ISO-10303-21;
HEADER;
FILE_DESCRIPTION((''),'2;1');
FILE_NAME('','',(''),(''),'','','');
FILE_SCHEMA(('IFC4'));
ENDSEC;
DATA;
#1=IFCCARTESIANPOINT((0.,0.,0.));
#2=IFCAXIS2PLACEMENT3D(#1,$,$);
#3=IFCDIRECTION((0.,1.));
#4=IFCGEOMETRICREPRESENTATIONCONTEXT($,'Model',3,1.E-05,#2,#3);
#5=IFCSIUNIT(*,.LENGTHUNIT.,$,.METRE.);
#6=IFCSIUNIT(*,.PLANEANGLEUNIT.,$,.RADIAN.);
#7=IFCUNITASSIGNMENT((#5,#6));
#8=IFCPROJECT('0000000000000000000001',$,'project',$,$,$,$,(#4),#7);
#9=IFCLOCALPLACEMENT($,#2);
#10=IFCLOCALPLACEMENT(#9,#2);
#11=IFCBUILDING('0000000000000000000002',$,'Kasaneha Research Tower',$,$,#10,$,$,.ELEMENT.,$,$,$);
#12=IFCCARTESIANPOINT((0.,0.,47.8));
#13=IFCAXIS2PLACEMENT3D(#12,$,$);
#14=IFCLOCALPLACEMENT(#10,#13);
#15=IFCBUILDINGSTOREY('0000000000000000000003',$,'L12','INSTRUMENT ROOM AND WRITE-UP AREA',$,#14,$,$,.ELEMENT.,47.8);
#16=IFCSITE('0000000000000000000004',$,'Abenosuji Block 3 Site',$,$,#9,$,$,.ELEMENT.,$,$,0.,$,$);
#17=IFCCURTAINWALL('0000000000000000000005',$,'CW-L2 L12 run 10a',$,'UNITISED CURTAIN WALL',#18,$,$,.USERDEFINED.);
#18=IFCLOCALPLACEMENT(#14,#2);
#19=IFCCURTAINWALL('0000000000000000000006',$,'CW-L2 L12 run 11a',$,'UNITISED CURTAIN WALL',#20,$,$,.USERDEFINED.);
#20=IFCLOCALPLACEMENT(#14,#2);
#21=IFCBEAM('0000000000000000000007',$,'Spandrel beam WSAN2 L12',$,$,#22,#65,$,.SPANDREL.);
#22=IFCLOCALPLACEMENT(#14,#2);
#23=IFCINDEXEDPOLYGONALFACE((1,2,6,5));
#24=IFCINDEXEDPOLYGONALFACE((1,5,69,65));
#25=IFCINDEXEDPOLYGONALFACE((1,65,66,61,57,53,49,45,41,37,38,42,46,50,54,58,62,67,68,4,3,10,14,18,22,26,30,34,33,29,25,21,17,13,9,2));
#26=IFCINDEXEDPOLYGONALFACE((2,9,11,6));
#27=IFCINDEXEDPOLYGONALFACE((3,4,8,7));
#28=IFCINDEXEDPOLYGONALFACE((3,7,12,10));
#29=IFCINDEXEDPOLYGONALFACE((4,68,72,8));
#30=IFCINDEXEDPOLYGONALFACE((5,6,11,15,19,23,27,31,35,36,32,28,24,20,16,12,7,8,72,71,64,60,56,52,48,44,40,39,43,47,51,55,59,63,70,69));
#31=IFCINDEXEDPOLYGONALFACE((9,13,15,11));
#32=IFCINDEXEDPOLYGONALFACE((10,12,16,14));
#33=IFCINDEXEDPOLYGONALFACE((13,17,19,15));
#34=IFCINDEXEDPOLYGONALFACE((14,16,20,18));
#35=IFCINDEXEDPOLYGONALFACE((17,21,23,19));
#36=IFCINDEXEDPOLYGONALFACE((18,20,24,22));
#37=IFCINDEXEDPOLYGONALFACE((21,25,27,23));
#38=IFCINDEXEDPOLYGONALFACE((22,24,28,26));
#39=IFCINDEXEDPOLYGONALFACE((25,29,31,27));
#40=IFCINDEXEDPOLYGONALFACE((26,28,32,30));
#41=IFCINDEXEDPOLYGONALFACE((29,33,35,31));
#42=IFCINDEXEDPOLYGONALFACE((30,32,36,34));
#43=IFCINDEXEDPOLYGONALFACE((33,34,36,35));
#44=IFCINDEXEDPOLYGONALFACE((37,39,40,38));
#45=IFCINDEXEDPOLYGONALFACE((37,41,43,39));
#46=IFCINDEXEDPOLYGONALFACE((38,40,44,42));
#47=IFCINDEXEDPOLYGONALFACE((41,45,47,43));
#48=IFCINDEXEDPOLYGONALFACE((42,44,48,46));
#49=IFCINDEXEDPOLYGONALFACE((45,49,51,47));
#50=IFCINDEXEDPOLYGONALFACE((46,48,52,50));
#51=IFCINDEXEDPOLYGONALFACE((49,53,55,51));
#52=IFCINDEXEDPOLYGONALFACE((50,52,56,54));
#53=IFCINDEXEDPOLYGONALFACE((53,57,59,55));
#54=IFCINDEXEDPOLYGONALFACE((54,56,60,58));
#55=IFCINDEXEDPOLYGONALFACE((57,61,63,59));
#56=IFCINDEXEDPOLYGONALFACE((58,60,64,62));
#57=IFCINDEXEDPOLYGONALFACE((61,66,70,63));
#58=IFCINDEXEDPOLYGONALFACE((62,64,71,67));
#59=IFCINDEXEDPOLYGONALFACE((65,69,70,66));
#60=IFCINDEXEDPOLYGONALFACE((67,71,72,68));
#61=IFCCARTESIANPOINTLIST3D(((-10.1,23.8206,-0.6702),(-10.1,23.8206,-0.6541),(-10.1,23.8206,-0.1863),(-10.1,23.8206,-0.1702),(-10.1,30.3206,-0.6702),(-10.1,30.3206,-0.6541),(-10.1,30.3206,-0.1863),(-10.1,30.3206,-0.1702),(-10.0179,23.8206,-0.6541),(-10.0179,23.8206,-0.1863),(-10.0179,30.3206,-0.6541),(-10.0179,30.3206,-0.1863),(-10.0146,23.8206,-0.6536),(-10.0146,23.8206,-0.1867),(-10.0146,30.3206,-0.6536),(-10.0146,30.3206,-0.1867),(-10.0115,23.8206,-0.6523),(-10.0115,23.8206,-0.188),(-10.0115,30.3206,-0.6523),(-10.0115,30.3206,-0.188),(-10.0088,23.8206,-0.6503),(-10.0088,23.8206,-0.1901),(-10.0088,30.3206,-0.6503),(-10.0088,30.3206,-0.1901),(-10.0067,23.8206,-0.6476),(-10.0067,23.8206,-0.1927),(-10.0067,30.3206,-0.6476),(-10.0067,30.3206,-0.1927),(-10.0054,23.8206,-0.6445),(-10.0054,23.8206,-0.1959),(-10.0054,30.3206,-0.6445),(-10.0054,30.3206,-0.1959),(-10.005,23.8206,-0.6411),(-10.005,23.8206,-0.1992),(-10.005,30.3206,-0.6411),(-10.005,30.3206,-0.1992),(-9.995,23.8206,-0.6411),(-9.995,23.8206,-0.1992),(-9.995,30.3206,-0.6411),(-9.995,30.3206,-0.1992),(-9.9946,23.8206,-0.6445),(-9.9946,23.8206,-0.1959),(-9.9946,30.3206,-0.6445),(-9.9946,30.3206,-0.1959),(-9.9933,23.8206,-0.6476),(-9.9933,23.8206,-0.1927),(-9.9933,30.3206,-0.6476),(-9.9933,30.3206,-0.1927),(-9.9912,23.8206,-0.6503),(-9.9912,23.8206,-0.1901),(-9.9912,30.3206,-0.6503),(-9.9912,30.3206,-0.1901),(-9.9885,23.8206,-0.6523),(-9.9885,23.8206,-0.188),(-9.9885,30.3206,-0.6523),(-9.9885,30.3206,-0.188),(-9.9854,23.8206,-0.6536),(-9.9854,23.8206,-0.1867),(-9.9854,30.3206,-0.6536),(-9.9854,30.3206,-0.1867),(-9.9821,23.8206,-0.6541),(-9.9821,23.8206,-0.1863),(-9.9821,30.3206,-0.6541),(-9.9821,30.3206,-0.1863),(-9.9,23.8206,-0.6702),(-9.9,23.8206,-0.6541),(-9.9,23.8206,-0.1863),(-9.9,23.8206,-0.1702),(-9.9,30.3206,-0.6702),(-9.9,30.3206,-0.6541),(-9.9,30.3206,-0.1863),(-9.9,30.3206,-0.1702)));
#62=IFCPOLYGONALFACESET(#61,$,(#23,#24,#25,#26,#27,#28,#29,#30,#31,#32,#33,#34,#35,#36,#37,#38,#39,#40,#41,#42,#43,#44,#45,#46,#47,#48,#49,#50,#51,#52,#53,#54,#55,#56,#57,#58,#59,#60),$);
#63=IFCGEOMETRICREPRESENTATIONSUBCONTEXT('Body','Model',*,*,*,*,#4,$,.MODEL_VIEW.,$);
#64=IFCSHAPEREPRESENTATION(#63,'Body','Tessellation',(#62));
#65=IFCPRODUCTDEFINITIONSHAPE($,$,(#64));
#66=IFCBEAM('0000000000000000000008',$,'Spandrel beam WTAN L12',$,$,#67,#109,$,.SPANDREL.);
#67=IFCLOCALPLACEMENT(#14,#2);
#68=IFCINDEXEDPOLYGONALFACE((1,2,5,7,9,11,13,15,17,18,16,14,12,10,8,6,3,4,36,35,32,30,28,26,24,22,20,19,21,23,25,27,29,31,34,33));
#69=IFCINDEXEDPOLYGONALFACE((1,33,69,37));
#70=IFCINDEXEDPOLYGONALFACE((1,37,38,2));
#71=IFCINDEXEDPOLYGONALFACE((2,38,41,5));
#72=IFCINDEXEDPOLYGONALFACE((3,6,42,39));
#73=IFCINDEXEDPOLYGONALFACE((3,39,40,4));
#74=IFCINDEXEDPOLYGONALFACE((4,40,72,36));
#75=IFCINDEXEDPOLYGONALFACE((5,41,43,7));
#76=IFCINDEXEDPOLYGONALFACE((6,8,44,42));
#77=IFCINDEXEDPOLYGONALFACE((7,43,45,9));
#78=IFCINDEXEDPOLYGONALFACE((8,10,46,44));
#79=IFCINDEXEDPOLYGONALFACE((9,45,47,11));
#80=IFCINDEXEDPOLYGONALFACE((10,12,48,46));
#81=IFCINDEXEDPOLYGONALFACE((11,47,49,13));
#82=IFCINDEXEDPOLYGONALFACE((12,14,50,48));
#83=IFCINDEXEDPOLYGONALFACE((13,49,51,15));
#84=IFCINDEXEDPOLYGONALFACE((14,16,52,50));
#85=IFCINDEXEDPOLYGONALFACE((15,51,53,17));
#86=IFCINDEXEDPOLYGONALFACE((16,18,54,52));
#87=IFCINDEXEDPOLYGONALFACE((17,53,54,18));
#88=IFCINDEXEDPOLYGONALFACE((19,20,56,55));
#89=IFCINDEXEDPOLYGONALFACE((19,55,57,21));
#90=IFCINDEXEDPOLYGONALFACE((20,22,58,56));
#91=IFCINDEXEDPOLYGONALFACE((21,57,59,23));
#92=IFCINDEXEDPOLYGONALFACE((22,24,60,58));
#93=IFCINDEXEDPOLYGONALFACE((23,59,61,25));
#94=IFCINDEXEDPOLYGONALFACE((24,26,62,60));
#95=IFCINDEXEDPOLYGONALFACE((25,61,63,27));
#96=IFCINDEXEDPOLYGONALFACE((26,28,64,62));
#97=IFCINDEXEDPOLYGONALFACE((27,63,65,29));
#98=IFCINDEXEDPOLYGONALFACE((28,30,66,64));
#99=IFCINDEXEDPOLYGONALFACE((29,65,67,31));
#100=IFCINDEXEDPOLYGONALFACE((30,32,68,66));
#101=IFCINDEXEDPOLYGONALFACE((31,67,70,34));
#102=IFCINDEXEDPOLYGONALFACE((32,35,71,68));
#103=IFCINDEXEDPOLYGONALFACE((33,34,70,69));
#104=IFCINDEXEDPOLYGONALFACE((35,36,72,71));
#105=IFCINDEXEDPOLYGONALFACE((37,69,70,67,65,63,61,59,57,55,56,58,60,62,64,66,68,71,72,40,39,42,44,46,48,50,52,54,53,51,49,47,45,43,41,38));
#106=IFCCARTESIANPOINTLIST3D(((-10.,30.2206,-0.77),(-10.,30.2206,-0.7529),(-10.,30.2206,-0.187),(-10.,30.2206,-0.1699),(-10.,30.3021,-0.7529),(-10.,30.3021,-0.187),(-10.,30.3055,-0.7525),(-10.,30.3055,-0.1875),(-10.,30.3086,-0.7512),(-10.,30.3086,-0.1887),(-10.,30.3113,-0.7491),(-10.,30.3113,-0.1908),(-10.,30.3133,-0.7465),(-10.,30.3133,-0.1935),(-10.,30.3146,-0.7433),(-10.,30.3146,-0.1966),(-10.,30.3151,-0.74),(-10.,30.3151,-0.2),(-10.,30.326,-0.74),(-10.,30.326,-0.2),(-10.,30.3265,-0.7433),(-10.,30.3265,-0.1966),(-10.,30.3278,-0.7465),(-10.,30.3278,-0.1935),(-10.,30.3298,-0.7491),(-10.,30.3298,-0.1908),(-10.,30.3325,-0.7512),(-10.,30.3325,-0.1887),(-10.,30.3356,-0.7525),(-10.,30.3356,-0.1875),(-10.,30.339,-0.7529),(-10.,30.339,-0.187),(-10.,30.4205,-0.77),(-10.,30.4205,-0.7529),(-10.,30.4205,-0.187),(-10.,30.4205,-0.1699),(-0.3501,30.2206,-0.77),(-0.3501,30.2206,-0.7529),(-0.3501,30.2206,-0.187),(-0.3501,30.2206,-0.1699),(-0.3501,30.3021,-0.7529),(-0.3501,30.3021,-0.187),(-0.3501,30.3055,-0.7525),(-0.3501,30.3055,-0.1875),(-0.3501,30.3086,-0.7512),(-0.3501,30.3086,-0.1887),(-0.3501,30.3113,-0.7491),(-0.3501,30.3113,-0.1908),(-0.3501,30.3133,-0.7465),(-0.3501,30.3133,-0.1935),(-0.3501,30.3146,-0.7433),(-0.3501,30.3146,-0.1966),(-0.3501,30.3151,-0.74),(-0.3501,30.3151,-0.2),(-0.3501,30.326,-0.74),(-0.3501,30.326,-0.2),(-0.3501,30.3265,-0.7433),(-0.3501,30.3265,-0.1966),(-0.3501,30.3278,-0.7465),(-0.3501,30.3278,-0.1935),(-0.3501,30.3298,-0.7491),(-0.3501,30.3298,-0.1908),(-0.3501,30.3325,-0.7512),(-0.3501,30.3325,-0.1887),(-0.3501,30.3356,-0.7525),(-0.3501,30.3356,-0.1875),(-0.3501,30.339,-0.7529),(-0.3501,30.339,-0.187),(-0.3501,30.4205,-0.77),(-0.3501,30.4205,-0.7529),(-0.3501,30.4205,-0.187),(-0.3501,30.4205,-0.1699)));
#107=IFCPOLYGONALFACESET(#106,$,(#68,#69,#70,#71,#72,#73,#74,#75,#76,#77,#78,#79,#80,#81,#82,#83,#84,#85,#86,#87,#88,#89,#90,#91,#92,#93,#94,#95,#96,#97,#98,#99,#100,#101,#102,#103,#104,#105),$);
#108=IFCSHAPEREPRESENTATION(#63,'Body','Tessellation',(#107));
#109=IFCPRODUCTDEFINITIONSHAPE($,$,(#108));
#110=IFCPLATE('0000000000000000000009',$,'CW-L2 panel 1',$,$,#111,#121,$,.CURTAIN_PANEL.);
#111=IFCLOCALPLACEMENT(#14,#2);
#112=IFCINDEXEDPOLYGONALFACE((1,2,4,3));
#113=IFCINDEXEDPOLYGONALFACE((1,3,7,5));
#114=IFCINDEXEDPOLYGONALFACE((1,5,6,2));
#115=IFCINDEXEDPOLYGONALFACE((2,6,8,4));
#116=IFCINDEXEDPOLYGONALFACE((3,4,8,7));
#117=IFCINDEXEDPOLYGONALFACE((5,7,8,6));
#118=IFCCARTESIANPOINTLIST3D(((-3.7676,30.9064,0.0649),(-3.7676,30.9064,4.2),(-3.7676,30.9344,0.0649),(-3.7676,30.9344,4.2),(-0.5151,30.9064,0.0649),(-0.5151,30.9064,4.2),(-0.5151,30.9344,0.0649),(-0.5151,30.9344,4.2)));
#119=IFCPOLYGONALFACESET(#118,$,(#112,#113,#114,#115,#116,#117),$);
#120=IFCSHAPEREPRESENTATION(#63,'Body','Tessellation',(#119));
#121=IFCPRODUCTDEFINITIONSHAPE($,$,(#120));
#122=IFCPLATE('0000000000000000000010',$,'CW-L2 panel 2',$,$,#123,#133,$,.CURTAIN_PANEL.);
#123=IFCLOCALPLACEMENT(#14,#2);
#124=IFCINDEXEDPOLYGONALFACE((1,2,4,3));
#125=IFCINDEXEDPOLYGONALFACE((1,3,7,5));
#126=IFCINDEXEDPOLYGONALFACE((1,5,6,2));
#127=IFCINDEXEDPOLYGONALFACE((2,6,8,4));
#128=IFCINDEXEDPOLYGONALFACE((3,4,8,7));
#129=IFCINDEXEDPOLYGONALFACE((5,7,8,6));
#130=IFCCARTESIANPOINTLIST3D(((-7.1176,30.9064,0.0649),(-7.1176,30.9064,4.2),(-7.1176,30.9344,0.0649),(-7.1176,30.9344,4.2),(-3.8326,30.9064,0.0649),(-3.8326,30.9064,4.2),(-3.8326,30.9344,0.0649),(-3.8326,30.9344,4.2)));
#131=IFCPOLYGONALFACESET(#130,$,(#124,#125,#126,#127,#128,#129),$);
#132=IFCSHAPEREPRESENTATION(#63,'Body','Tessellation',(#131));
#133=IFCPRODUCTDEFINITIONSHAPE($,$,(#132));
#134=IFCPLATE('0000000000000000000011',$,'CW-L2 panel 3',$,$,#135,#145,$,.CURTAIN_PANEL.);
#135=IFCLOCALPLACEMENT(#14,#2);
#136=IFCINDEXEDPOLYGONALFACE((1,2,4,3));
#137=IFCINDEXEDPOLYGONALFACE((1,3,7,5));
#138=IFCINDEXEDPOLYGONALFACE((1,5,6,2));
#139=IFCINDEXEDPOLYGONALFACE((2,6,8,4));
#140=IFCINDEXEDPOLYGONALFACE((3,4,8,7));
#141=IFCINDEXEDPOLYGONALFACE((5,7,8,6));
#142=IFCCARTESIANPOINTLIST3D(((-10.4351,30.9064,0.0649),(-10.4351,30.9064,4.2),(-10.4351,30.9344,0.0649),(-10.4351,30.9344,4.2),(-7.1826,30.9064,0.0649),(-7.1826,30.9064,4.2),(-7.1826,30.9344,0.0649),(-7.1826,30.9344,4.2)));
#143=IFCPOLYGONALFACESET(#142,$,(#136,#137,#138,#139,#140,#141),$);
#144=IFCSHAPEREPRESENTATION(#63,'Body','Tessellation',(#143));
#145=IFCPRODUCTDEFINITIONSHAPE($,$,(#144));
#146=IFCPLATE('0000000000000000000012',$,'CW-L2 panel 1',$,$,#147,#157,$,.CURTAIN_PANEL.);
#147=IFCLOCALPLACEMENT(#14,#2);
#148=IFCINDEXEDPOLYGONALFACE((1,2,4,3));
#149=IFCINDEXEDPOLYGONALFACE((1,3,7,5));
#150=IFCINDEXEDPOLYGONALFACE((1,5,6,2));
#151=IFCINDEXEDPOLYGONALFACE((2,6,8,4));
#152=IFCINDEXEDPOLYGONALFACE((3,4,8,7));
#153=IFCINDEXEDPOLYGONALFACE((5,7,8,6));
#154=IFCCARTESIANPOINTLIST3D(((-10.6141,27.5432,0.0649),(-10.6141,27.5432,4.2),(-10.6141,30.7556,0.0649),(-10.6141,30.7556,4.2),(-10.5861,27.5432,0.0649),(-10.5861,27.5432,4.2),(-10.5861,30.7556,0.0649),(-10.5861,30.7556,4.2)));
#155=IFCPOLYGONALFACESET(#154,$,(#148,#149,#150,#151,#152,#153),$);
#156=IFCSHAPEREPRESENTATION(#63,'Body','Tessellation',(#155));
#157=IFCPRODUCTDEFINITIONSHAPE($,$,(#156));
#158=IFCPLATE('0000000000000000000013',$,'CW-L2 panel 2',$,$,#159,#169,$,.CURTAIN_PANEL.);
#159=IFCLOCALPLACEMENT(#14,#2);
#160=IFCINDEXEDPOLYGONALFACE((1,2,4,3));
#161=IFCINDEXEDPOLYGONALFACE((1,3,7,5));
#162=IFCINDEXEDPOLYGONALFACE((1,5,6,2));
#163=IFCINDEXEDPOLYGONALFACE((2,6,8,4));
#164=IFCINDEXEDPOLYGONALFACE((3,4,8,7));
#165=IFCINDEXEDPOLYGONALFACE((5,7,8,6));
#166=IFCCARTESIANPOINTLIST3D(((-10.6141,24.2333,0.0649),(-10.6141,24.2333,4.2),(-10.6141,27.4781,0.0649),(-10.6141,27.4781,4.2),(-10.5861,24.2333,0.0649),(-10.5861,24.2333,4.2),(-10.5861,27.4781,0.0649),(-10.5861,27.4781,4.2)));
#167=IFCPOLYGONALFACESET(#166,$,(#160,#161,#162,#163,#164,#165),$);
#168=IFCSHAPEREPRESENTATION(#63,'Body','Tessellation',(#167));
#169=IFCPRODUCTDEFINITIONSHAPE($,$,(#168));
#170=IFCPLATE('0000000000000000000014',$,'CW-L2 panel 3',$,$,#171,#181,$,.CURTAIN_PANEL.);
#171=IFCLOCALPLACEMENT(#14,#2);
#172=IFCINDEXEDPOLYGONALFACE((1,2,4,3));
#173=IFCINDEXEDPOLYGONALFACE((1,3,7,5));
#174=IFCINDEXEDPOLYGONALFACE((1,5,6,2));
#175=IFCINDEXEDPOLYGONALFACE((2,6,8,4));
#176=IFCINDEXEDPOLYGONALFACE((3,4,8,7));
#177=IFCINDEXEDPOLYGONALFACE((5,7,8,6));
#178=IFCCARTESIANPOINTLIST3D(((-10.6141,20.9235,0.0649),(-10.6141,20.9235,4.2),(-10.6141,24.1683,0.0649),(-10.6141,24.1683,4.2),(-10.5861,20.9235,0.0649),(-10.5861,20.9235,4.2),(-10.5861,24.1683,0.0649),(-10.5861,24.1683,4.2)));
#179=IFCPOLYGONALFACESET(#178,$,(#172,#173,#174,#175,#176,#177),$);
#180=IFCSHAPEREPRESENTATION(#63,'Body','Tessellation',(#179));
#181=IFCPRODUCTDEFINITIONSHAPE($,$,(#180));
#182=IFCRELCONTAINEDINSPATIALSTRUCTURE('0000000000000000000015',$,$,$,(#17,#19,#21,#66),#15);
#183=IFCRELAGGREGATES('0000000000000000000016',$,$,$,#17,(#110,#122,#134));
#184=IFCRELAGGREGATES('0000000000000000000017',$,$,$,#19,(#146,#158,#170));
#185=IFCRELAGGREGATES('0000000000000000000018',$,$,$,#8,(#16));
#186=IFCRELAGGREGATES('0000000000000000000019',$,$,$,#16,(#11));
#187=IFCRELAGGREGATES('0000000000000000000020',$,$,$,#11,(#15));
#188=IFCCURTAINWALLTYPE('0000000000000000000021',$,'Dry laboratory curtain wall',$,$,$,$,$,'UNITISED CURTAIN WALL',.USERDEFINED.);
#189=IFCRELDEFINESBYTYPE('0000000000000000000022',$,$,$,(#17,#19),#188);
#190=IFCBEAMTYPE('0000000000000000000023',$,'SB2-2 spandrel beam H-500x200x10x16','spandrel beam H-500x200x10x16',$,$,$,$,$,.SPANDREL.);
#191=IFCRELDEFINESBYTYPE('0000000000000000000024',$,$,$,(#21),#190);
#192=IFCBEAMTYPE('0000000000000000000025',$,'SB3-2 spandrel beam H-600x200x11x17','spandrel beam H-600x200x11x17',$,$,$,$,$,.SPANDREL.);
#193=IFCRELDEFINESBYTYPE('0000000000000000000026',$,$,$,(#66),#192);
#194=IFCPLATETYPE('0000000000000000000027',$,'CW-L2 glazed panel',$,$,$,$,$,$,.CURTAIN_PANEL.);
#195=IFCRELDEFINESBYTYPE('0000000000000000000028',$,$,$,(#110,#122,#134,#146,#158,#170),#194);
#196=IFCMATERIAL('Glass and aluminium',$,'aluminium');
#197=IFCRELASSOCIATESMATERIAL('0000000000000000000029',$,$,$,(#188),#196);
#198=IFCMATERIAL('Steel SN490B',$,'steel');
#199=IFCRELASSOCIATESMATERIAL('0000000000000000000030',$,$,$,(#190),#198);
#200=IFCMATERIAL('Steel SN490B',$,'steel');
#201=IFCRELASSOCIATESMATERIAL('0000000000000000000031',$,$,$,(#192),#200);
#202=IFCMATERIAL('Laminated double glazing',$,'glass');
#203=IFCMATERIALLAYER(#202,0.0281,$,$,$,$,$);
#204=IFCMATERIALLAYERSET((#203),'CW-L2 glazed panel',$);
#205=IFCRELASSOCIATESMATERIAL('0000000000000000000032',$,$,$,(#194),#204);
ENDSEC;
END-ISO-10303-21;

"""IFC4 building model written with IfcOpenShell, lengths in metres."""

from ifc_helpers import new_model, si_unit, direction, frame, origin, origin_2d, place, context, subcontext, project, spatial, rectangle, i_section, extrude, material, layer, layer_set, material_profile, profile_set, type_object, element, aggregate, save


model = new_model("IFC4")

# Units and contexts
model_context = context("Model", 3, precision=1e-05, world=origin(), true_north=direction((0.0, 1.0)))
body_context = subcontext(model_context, "Body", "Model", "MODEL_VIEW")
ifc_project = project(units=[si_unit("LENGTHUNIT", "METRE"), si_unit("PLANEANGLEUNIT", "RADIAN")], contexts=[model_context])

# Site, building, storey
site_placement = place(None, origin())
site = spatial("IfcSite", under=ifc_project, at=site_placement, Name="Abenosuji Block 3 Site", CompositionType="ELEMENT", RefElevation=0.0)
building_placement = place(site_placement, origin())
building = spatial("IfcBuilding", under=site, at=building_placement, Name="Kasaneha Research Tower", CompositionType="ELEMENT")
storey_placement = place(building_placement, frame((0.0, 0.0, 47.8)))
storey = spatial("IfcBuildingStorey", under=building, at=storey_placement, Name="L12", Description="INSTRUMENT ROOM AND WRITE-UP AREA", CompositionType="ELEMENT", Elevation=47.8)

# Curtain walls
ifc_material_1 = material(Name="Glass and aluminium", Category="aluminium")
curtain_wall_type = type_object("IfcCurtainWallType", Name="Dry laboratory curtain wall", ElementType="UNITISED CURTAIN WALL", PredefinedType="USERDEFINED", material=ifc_material_1)
curtain_wall_1_placement = place(storey_placement, origin())
curtain_wall_1 = element("IfcCurtainWall", 1, at=curtain_wall_1_placement, inside=storey, type_object=curtain_wall_type, Name="CW-L2 L12 run 10a", ObjectType="UNITISED CURTAIN WALL", PredefinedType="USERDEFINED")
curtain_wall_2_placement = place(storey_placement, origin())
curtain_wall_2 = element("IfcCurtainWall", 2, at=curtain_wall_2_placement, inside=storey, type_object=curtain_wall_type, Name="CW-L2 L12 run 11a", ObjectType="UNITISED CURTAIN WALL", PredefinedType="USERDEFINED")

# Beams
ifc_material_2 = material(Name="Steel SN490B", Category="steel")
ifc_material_profile_1 = material_profile(ifc_material_2, i_section(OverallWidth=0.2, OverallDepth=0.5, WebThickness=0.01, FlangeThickness=0.0161, FilletRadius=0.0129, at=origin_2d()), Name="H-500x200x10x16")
ifc_profile_set_1 = profile_set([ifc_material_profile_1], Name="Steel SN490B")
beam_type_1 = type_object("IfcBeamType", Name="SB2-2 spandrel beam H-500x200x10x16", Description="spandrel beam H-500x200x10x16", PredefinedType="SPANDREL", material=ifc_profile_set_1)
beam_1_placement = place(storey_placement, frame((-10.0, 23.8206, -0.4202), z_axis=(0.0, 1.0, 0.0), x_axis=(-1.0, 0.0, 0.0)))
element("IfcBeam", 3, at=beam_1_placement, inside=storey, type_object=beam_type_1, Name="Spandrel beam WSAN2 L12", PredefinedType="SPANDREL", context=body_context, shape_type="SweptSolid", body=[
    extrude(i_section(OverallWidth=0.2, OverallDepth=0.5, WebThickness=0.01, FlangeThickness=0.0161, FilletRadius=0.0129, at=origin_2d()), origin(), (0.0, 0.0, 1.0), 6.5),
])
ifc_material_3 = material(Name="Steel SN490B", Category="steel")
ifc_material_profile_2 = material_profile(ifc_material_3, i_section(OverallWidth=0.2, OverallDepth=0.6001, WebThickness=0.011, FlangeThickness=0.0171, FilletRadius=0.0129, at=origin_2d()), Name="H-600x200x11x17")
ifc_profile_set_2 = profile_set([ifc_material_profile_2], Name="Steel SN490B")
beam_type_2 = type_object("IfcBeamType", Name="SB3-2 spandrel beam H-600x200x11x17", Description="spandrel beam H-600x200x11x17", PredefinedType="SPANDREL", material=ifc_profile_set_2)
beam_2_placement = place(storey_placement, frame((-10.0, 30.3206, -0.47), z_axis=(1.0, 0.0, 0.0), x_axis=(0.0, 1.0, 0.0)))
element("IfcBeam", 4, at=beam_2_placement, inside=storey, type_object=beam_type_2, Name="Spandrel beam WTAN L12", PredefinedType="SPANDREL", context=body_context, shape_type="SweptSolid", body=[
    extrude(i_section(OverallWidth=0.2, OverallDepth=0.6001, WebThickness=0.011, FlangeThickness=0.0171, FilletRadius=0.0129, at=origin_2d()), origin(), (0.0, 0.0, 1.0), 9.6499),
])

# Plates
ifc_material_4 = material(Name="Laminated double glazing", Category="glass")
ifc_layer_1 = layer(ifc_material_4, 0.0281)
ifc_layer_set_1 = layer_set([ifc_layer_1], Name="CW-L2 glazed panel")
plate_type = type_object("IfcPlateType", Name="CW-L2 glazed panel", PredefinedType="CURTAIN_PANEL", material=ifc_layer_set_1)
plate_1_placement = place(storey_placement, frame((-2.1414, 30.9204, 0.0649), z_axis=(0.0, 0.0, 1.0), x_axis=(-1.0, 0.0, 0.0)))
plate_1 = element("IfcPlate", 5, at=plate_1_placement, type_object=plate_type, Name="CW-L2 panel 1", PredefinedType="CURTAIN_PANEL", context=body_context, shape_type="SweptSolid", body=[
    extrude(rectangle(XDim=3.2524, YDim=0.0281, at=origin_2d()), origin(), (0.0, 0.0, 1.0), 4.135),
])
plate_2_placement = place(storey_placement, frame((-5.4751, 30.9204, 0.0649), z_axis=(0.0, 0.0, 1.0), x_axis=(-1.0, 0.0, 0.0)))
plate_2 = element("IfcPlate", 6, at=plate_2_placement, type_object=plate_type, Name="CW-L2 panel 2", PredefinedType="CURTAIN_PANEL", context=body_context, shape_type="SweptSolid", body=[
    extrude(rectangle(XDim=3.2849, YDim=0.0281, at=origin_2d()), origin(), (0.0, 0.0, 1.0), 4.135),
])
plate_3_placement = place(storey_placement, frame((-8.8088, 30.9204, 0.0649), z_axis=(0.0, 0.0, 1.0), x_axis=(-1.0, 0.0, 0.0)))
plate_3 = element("IfcPlate", 7, at=plate_3_placement, type_object=plate_type, Name="CW-L2 panel 3", PredefinedType="CURTAIN_PANEL", context=body_context, shape_type="SweptSolid", body=[
    extrude(rectangle(XDim=3.2524, YDim=0.0281, at=origin_2d()), origin(), (0.0, 0.0, 1.0), 4.135),
])
aggregate(curtain_wall_1, [plate_1, plate_2, plate_3])
plate_4_placement = place(storey_placement, frame((-10.6001, 29.1494, 0.0649), z_axis=(0.0, 0.0, 1.0), x_axis=(0.0, -1.0, 0.0)))
plate_4 = element("IfcPlate", 8, at=plate_4_placement, type_object=plate_type, Name="CW-L2 panel 1", PredefinedType="CURTAIN_PANEL", context=body_context, shape_type="SweptSolid", body=[
    extrude(rectangle(XDim=3.2124, YDim=0.0281, at=origin_2d()), origin(), (0.0, 0.0, 1.0), 4.135),
])
plate_5_placement = place(storey_placement, frame((-10.6001, 25.8557, 0.0649), z_axis=(0.0, 0.0, 1.0), x_axis=(0.0, -1.0, 0.0)))
plate_5 = element("IfcPlate", 9, at=plate_5_placement, type_object=plate_type, Name="CW-L2 panel 2", PredefinedType="CURTAIN_PANEL", context=body_context, shape_type="SweptSolid", body=[
    extrude(rectangle(XDim=3.2449, YDim=0.0281, at=origin_2d()), origin(), (0.0, 0.0, 1.0), 4.135),
])
plate_6_placement = place(storey_placement, frame((-10.6001, 22.5459, 0.0649), z_axis=(0.0, 0.0, 1.0), x_axis=(0.0, -1.0, 0.0)))
plate_6 = element("IfcPlate", 10, at=plate_6_placement, type_object=plate_type, Name="CW-L2 panel 3", PredefinedType="CURTAIN_PANEL", context=body_context, shape_type="SweptSolid", body=[
    extrude(rectangle(XDim=3.2449, YDim=0.0281, at=origin_2d()), origin(), (0.0, 0.0, 1.0), 4.135),
])
aggregate(curtain_wall_2, [plate_4, plate_5, plate_6])

save(model, "model.ifc")
